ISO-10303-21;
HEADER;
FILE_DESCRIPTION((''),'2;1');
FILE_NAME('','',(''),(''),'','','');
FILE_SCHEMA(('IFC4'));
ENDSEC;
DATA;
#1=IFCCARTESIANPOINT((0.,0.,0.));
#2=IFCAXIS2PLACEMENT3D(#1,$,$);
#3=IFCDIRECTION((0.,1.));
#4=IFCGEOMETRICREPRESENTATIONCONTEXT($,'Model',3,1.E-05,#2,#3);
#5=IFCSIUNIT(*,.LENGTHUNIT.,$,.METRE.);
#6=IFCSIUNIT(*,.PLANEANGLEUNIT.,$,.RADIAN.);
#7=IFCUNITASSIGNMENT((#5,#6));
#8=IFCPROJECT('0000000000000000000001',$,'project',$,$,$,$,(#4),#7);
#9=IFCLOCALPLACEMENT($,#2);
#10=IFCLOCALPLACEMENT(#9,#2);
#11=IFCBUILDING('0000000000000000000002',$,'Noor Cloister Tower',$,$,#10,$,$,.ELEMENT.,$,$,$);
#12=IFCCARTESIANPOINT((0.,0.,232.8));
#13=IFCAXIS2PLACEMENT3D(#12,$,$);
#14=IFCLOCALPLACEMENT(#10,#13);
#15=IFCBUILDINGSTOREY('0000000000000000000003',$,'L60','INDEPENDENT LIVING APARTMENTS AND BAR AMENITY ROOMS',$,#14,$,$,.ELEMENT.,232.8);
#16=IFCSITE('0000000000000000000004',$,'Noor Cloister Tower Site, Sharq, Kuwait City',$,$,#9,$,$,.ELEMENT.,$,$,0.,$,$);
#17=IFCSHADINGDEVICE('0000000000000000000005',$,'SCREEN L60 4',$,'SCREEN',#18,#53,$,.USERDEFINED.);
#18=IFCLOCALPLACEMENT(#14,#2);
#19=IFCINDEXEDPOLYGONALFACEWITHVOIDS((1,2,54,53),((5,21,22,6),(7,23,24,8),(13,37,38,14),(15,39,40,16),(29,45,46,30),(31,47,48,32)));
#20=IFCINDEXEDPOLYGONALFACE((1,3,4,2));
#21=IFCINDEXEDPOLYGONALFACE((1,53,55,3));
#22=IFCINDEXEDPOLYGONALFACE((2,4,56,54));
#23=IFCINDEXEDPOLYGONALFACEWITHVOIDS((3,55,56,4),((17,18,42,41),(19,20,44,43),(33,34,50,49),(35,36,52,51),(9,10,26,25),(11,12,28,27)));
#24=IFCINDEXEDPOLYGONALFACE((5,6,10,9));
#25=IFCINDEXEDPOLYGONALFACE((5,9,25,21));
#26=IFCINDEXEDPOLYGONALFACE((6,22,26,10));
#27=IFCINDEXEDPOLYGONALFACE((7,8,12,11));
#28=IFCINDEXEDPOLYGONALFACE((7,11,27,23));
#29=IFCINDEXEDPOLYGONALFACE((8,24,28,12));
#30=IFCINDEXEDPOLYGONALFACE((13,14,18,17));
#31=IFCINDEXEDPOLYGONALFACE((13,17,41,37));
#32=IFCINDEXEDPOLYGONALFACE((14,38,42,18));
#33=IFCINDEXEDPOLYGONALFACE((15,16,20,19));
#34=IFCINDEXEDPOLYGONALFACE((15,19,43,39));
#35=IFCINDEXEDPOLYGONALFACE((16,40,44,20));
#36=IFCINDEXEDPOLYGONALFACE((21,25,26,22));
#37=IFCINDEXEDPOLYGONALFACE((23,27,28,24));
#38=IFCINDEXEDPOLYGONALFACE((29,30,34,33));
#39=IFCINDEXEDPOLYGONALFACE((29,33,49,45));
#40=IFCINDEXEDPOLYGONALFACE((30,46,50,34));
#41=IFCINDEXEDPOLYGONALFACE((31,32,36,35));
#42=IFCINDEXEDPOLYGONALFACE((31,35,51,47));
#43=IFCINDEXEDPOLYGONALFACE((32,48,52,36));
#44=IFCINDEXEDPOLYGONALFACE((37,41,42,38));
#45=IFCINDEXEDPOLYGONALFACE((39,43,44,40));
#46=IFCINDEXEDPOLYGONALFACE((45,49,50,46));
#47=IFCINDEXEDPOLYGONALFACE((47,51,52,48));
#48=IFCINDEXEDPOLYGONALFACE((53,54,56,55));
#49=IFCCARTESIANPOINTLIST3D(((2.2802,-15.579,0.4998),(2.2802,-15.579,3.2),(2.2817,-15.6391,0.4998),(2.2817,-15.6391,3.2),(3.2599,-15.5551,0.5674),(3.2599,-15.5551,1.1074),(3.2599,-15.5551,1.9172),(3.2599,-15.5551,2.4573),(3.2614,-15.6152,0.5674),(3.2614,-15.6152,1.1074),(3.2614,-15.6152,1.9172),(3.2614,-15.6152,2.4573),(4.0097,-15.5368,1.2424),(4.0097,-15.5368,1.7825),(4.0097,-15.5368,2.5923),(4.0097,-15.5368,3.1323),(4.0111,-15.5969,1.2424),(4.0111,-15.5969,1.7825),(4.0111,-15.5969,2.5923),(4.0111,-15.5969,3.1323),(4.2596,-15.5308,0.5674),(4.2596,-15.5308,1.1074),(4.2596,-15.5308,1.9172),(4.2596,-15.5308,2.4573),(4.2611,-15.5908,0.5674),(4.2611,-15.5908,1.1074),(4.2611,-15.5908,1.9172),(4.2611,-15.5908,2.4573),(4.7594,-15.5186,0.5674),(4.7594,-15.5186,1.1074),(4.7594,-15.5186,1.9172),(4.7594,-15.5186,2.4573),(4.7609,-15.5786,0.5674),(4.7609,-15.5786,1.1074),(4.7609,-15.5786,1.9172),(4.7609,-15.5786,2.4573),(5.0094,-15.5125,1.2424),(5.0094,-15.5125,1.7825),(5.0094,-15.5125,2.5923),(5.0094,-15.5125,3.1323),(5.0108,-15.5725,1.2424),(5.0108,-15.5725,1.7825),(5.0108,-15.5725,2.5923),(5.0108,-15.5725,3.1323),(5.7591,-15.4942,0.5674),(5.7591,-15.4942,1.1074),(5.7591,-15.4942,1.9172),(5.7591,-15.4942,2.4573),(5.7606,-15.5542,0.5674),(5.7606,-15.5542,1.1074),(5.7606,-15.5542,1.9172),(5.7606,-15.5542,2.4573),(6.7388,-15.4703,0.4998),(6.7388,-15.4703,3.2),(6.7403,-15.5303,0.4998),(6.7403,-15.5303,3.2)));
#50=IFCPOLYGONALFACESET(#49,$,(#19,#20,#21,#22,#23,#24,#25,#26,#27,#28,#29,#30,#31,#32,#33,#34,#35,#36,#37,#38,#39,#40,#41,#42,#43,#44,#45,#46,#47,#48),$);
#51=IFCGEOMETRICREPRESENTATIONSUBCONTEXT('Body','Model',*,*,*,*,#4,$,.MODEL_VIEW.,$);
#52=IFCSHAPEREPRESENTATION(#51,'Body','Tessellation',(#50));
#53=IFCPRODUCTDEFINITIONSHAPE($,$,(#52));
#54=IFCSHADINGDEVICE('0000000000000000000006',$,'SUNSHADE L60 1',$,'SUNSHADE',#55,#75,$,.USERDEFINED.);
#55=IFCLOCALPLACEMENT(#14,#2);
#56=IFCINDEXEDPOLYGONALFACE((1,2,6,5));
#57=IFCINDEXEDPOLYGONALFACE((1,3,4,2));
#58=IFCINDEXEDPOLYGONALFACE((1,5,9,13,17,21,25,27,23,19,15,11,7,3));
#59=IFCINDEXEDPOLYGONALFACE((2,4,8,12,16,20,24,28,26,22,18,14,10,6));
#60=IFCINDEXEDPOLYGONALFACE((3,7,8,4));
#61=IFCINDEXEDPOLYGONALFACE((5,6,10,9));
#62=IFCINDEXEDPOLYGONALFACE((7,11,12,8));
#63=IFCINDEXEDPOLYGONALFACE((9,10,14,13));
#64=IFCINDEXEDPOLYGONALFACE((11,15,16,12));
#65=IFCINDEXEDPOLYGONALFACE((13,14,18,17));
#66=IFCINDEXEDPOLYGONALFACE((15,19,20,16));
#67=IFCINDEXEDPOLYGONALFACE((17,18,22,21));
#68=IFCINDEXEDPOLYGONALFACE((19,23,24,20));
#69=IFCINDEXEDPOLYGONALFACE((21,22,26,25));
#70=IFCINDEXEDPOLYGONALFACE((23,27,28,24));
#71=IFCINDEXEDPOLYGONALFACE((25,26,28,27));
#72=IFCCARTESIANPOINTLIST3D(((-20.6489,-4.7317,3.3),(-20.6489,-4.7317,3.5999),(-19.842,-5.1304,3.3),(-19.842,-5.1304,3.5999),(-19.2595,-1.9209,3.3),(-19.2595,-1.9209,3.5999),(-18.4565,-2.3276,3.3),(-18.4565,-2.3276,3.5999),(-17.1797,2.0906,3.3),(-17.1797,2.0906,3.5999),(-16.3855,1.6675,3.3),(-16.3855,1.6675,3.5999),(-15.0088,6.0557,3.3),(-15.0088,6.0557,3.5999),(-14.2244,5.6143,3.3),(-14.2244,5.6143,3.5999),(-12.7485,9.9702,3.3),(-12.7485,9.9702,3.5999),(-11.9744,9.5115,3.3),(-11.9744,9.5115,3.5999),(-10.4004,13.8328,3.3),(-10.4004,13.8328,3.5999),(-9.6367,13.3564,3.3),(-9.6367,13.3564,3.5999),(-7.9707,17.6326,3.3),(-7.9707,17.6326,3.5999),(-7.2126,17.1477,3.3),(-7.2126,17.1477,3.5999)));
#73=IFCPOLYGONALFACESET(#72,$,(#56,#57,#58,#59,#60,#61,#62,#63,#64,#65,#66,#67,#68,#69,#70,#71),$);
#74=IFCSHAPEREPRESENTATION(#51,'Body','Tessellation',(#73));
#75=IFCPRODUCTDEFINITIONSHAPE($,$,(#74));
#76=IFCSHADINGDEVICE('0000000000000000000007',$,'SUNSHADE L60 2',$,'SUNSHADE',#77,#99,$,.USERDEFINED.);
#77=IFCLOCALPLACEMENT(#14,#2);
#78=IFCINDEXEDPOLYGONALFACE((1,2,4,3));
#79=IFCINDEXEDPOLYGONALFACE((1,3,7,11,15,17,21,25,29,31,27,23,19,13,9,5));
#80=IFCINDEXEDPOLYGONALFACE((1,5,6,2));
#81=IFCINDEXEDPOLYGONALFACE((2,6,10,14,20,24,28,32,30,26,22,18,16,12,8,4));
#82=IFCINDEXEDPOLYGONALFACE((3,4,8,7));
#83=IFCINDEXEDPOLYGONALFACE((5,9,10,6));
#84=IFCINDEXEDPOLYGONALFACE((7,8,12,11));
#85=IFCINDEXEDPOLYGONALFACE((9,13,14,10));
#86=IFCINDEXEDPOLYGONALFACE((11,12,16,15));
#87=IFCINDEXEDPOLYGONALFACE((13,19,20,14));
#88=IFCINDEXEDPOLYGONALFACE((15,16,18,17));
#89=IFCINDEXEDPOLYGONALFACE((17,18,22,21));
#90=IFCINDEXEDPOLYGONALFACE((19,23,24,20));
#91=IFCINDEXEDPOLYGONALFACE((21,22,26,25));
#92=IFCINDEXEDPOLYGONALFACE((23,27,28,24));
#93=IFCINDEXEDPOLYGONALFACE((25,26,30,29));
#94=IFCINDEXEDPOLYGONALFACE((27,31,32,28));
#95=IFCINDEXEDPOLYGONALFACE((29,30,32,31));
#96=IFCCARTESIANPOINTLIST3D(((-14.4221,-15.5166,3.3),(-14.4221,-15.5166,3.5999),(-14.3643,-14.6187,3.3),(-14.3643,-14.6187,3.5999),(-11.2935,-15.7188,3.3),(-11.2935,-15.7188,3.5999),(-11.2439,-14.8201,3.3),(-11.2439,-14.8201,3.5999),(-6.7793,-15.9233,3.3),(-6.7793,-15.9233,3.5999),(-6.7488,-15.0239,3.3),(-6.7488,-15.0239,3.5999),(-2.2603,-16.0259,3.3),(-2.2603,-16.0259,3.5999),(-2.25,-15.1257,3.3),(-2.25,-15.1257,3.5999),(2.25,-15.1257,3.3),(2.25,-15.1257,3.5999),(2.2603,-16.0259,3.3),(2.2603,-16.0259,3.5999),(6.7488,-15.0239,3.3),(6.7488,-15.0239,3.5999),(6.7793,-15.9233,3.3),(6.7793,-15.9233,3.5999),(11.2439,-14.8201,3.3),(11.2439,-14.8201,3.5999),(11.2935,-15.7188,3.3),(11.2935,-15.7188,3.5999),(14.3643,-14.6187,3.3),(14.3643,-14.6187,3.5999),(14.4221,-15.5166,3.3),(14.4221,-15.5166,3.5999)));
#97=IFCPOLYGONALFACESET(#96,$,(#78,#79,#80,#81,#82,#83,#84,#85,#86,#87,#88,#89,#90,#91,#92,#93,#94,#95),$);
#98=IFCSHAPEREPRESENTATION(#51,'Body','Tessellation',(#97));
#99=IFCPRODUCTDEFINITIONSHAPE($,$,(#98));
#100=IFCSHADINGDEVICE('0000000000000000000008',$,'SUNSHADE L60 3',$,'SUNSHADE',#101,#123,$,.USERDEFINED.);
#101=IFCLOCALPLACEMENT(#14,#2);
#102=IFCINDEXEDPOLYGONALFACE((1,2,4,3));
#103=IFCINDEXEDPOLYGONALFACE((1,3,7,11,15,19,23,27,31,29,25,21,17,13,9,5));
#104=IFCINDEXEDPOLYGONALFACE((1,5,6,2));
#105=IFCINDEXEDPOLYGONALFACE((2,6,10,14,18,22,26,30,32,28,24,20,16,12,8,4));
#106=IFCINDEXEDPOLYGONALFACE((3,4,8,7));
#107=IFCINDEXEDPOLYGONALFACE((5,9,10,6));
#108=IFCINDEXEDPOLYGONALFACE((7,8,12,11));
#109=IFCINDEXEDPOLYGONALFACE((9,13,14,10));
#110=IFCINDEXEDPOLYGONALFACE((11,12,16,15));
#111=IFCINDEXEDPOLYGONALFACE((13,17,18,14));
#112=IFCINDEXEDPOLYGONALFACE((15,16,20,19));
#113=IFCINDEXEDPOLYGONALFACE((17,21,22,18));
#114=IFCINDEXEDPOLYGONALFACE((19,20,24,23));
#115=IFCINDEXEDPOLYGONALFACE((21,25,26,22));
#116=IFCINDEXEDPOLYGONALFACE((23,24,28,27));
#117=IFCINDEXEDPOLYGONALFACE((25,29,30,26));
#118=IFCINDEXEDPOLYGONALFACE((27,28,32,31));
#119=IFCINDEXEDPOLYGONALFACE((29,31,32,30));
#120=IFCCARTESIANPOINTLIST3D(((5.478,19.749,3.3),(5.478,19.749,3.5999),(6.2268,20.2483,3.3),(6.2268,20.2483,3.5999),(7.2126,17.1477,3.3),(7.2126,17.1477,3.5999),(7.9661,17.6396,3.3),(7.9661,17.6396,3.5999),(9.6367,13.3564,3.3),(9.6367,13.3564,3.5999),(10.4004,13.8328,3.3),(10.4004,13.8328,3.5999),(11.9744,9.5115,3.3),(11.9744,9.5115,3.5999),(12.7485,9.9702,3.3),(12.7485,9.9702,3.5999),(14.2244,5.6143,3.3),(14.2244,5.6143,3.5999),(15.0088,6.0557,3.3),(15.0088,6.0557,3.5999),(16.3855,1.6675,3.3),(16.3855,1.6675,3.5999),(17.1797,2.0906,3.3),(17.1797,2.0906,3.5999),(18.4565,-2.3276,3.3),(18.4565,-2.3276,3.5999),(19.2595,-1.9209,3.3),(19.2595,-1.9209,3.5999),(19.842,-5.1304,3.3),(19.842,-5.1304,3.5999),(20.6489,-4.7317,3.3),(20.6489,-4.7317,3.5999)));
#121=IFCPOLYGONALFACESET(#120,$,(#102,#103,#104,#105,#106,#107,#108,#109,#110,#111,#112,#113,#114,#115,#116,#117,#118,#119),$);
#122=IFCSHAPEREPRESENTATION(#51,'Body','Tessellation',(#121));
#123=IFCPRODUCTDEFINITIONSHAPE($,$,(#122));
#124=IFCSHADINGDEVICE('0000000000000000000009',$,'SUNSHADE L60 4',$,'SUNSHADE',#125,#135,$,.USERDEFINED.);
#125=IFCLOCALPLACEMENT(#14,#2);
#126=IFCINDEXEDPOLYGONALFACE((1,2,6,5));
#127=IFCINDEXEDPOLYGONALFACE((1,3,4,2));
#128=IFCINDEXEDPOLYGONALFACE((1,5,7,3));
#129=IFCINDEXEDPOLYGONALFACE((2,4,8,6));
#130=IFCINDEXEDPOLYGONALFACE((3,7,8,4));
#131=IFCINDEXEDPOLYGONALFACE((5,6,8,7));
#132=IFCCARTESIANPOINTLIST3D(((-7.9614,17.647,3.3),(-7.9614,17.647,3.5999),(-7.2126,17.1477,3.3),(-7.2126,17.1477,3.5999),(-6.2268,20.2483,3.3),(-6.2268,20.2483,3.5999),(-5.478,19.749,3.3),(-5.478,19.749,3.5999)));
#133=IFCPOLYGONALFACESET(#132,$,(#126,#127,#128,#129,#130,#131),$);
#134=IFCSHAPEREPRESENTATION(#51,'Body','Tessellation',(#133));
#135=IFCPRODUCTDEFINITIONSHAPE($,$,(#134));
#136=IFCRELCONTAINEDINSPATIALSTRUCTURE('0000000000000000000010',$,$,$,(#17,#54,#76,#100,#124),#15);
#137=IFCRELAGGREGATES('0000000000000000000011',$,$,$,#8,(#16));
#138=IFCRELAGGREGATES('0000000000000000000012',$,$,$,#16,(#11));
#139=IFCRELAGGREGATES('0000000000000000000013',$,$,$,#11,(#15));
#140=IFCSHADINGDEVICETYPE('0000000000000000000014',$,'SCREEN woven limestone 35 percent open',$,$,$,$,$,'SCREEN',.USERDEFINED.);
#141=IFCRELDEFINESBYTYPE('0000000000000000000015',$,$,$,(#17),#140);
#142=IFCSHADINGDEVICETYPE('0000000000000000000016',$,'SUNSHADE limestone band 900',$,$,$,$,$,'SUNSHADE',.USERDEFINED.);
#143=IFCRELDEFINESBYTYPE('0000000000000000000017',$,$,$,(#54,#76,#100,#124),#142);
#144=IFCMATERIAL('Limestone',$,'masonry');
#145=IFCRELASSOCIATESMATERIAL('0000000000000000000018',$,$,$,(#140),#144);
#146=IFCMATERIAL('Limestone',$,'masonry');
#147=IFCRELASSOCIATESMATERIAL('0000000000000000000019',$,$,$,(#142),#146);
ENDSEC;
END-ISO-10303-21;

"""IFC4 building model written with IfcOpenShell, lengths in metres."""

from ifc_helpers import new_model, si_unit, direction, frame, origin, place, context, subcontext, project, spatial, polyline, outline, extrude, material, material_profile, profile_set, type_object, element, save


model = new_model("IFC4")

# Units and contexts
model_context = context("Model", 3, precision=1e-05, world=origin(), true_north=direction((0.0, 1.0)))
body_context = subcontext(model_context, "Body", "Model", "MODEL_VIEW")
ifc_project = project(units=[si_unit("LENGTHUNIT", "METRE"), si_unit("PLANEANGLEUNIT", "RADIAN")], contexts=[model_context])

# Site, building, storey
site_placement = place(None, origin())
site = spatial("IfcSite", under=ifc_project, at=site_placement, Name="Noor Cloister Tower Site, Sharq, Kuwait City", CompositionType="ELEMENT", RefElevation=0.0)
building_placement = place(site_placement, origin())
building = spatial("IfcBuilding", under=site, at=building_placement, Name="Noor Cloister Tower", CompositionType="ELEMENT")
storey_placement = place(building_placement, frame((0.0, 0.0, 232.8)))
storey = spatial("IfcBuildingStorey", under=building, at=storey_placement, Name="L60", Description="INDEPENDENT LIVING APARTMENTS AND BAR AMENITY ROOMS", CompositionType="ELEMENT", Elevation=232.8)

# Shading devices
ifc_material_1 = material(Name="Limestone", Category="masonry")
ifc_material_profile_1 = material_profile(ifc_material_1, outline(polyline([(-2.23, -1.3501), (2.23, -1.3501), (2.23, 1.3501), (-2.23, 1.3501), (-2.23, -1.3501)]), holes=[polyline([(-1.25, -1.2825), (-0.25, -1.2825), (-0.25, -0.7424), (-1.25, -0.7424), (-1.25, -1.2825)]), polyline([(0.25, -1.2825), (1.25, -1.2825), (1.25, -0.7424), (0.25, -0.7424), (0.25, -1.2825)]), polyline([(-0.5, -0.6074), (0.5, -0.6074), (0.5, -0.0674), (-0.5, -0.0674), (-0.5, -0.6074)]), polyline([(-1.25, 0.0674), (-0.25, 0.0674), (-0.25, 0.6074), (-1.25, 0.6074), (-1.25, 0.0674)]), polyline([(0.25, 0.0674), (1.25, 0.0674), (1.25, 0.6074), (0.25, 0.6074), (0.25, 0.0674)]), polyline([(-0.5, 0.7424), (0.5, 0.7424), (0.5, 1.2825), (-0.5, 1.2825), (-0.5, 0.7424)])]), Name="Woven screen 35 percent open")
ifc_profile_set_1 = profile_set([ifc_material_profile_1], Name="Limestone")
shading_device_type_1 = type_object("IfcShadingDeviceType", Name="SCREEN woven limestone 35 percent open", ElementType="SCREEN", PredefinedType="USERDEFINED", material=ifc_profile_set_1)
shading_device_1_placement = place(storey_placement, frame((4.5095, -15.5247, 1.8499), z_axis=(0.024383, -0.999703, 0.0), x_axis=(0.999703, 0.024383, 0.0)))
element("IfcShadingDevice", 1, at=shading_device_1_placement, inside=storey, type_object=shading_device_type_1, Name="SCREEN L60 4", ObjectType="SCREEN", PredefinedType="USERDEFINED", context=body_context, shape_type="SweptSolid", body=[
    extrude(outline(polyline([(-2.23, -1.3501), (2.23, -1.3501), (2.23, 1.3501), (-2.23, 1.3501), (-2.23, -1.3501)]), holes=[polyline([(-1.25, -1.2825), (-0.25, -1.2825), (-0.25, -0.7424), (-1.25, -0.7424), (-1.25, -1.2825)]), polyline([(0.25, -1.2825), (1.25, -1.2825), (1.25, -0.7424), (0.25, -0.7424), (0.25, -1.2825)]), polyline([(-0.5, -0.6074), (0.5, -0.6074), (0.5, -0.0674), (-0.5, -0.0674), (-0.5, -0.6074)]), polyline([(-1.25, 0.0674), (-0.25, 0.0674), (-0.25, 0.6074), (-1.25, 0.6074), (-1.25, 0.0674)]), polyline([(0.25, 0.0674), (1.25, 0.0674), (1.25, 0.6074), (0.25, 0.6074), (0.25, 0.0674)]), polyline([(-0.5, 0.7424), (0.5, 0.7424), (0.5, 1.2825), (-0.5, 1.2825), (-0.5, 0.7424)])]), origin(), (0.0, 0.0, 1.0), 0.0601),
])
ifc_material_2 = material(Name="Limestone", Category="masonry")
shading_device_type_2 = type_object("IfcShadingDeviceType", Name="SUNSHADE limestone band 900", ElementType="SUNSHADE", PredefinedType="USERDEFINED", material=ifc_material_2)
shading_device_2_placement = place(storey_placement, frame((0.0, 0.0, 3.3)))
element("IfcShadingDevice", 2, at=shading_device_2_placement, inside=storey, type_object=shading_device_type_2, Name="SUNSHADE L60 1", ObjectType="SUNSHADE", PredefinedType="USERDEFINED", context=body_context, shape_type="SweptSolid", body=[
    extrude(outline(polyline([(-7.9707, 17.6326), (-10.4004, 13.8328), (-12.7485, 9.9702), (-15.0088, 6.0557), (-17.1797, 2.0906), (-19.2595, -1.9209), (-20.6489, -4.7317), (-19.842, -5.1304), (-18.4565, -2.3276), (-16.3855, 1.6675), (-14.2244, 5.6143), (-11.9744, 9.5115), (-9.6367, 13.3564), (-7.2126, 17.1477), (-7.9707, 17.6326)])), origin(), (0.0, 0.0, 1.0), 0.2998),
])
shading_device_3_placement = place(storey_placement, frame((0.0, 0.0, 3.3)))
element("IfcShadingDevice", 3, at=shading_device_3_placement, inside=storey, type_object=shading_device_type_2, Name="SUNSHADE L60 2", ObjectType="SUNSHADE", PredefinedType="USERDEFINED", context=body_context, shape_type="SweptSolid", body=[
    extrude(outline(polyline([(-14.4221, -15.5166), (-11.2935, -15.7188), (-6.7793, -15.9233), (-2.2603, -16.0259), (2.2603, -16.0259), (6.7793, -15.9233), (11.2935, -15.7188), (14.4221, -15.5166), (14.3643, -14.6187), (11.2439, -14.8201), (6.7488, -15.0239), (2.25, -15.1257), (-2.25, -15.1257), (-6.7488, -15.0239), (-11.2439, -14.8201), (-14.3643, -14.6187), (-14.4221, -15.5166)])), origin(), (0.0, 0.0, 1.0), 0.2998),
])
shading_device_4_placement = place(storey_placement, frame((0.0, 0.0, 3.3)))
element("IfcShadingDevice", 4, at=shading_device_4_placement, inside=storey, type_object=shading_device_type_2, Name="SUNSHADE L60 3", ObjectType="SUNSHADE", PredefinedType="USERDEFINED", context=body_context, shape_type="SweptSolid", body=[
    extrude(outline(polyline([(20.6489, -4.7317), (19.2595, -1.9209), (17.1797, 2.0906), (15.0088, 6.0557), (12.7485, 9.9702), (10.4004, 13.8328), (7.9661, 17.6396), (6.2268, 20.2483), (5.478, 19.749), (7.2126, 17.1477), (9.6367, 13.3564), (11.9744, 9.5115), (14.2244, 5.6143), (16.3855, 1.6675), (18.4565, -2.3276), (19.842, -5.1304), (20.6489, -4.7317)])), origin(), (0.0, 0.0, 1.0), 0.2998),
])
shading_device_5_placement = place(storey_placement, frame((0.0, 0.0, 3.3)))
element("IfcShadingDevice", 5, at=shading_device_5_placement, inside=storey, type_object=shading_device_type_2, Name="SUNSHADE L60 4", ObjectType="SUNSHADE", PredefinedType="USERDEFINED", context=body_context, shape_type="SweptSolid", body=[
    extrude(outline(polyline([(-6.2268, 20.2483), (-7.9614, 17.647), (-7.2126, 17.1477), (-5.478, 19.749), (-6.2268, 20.2483)])), origin(), (0.0, 0.0, 1.0), 0.2998),
])

save(model, "model.ifc")
